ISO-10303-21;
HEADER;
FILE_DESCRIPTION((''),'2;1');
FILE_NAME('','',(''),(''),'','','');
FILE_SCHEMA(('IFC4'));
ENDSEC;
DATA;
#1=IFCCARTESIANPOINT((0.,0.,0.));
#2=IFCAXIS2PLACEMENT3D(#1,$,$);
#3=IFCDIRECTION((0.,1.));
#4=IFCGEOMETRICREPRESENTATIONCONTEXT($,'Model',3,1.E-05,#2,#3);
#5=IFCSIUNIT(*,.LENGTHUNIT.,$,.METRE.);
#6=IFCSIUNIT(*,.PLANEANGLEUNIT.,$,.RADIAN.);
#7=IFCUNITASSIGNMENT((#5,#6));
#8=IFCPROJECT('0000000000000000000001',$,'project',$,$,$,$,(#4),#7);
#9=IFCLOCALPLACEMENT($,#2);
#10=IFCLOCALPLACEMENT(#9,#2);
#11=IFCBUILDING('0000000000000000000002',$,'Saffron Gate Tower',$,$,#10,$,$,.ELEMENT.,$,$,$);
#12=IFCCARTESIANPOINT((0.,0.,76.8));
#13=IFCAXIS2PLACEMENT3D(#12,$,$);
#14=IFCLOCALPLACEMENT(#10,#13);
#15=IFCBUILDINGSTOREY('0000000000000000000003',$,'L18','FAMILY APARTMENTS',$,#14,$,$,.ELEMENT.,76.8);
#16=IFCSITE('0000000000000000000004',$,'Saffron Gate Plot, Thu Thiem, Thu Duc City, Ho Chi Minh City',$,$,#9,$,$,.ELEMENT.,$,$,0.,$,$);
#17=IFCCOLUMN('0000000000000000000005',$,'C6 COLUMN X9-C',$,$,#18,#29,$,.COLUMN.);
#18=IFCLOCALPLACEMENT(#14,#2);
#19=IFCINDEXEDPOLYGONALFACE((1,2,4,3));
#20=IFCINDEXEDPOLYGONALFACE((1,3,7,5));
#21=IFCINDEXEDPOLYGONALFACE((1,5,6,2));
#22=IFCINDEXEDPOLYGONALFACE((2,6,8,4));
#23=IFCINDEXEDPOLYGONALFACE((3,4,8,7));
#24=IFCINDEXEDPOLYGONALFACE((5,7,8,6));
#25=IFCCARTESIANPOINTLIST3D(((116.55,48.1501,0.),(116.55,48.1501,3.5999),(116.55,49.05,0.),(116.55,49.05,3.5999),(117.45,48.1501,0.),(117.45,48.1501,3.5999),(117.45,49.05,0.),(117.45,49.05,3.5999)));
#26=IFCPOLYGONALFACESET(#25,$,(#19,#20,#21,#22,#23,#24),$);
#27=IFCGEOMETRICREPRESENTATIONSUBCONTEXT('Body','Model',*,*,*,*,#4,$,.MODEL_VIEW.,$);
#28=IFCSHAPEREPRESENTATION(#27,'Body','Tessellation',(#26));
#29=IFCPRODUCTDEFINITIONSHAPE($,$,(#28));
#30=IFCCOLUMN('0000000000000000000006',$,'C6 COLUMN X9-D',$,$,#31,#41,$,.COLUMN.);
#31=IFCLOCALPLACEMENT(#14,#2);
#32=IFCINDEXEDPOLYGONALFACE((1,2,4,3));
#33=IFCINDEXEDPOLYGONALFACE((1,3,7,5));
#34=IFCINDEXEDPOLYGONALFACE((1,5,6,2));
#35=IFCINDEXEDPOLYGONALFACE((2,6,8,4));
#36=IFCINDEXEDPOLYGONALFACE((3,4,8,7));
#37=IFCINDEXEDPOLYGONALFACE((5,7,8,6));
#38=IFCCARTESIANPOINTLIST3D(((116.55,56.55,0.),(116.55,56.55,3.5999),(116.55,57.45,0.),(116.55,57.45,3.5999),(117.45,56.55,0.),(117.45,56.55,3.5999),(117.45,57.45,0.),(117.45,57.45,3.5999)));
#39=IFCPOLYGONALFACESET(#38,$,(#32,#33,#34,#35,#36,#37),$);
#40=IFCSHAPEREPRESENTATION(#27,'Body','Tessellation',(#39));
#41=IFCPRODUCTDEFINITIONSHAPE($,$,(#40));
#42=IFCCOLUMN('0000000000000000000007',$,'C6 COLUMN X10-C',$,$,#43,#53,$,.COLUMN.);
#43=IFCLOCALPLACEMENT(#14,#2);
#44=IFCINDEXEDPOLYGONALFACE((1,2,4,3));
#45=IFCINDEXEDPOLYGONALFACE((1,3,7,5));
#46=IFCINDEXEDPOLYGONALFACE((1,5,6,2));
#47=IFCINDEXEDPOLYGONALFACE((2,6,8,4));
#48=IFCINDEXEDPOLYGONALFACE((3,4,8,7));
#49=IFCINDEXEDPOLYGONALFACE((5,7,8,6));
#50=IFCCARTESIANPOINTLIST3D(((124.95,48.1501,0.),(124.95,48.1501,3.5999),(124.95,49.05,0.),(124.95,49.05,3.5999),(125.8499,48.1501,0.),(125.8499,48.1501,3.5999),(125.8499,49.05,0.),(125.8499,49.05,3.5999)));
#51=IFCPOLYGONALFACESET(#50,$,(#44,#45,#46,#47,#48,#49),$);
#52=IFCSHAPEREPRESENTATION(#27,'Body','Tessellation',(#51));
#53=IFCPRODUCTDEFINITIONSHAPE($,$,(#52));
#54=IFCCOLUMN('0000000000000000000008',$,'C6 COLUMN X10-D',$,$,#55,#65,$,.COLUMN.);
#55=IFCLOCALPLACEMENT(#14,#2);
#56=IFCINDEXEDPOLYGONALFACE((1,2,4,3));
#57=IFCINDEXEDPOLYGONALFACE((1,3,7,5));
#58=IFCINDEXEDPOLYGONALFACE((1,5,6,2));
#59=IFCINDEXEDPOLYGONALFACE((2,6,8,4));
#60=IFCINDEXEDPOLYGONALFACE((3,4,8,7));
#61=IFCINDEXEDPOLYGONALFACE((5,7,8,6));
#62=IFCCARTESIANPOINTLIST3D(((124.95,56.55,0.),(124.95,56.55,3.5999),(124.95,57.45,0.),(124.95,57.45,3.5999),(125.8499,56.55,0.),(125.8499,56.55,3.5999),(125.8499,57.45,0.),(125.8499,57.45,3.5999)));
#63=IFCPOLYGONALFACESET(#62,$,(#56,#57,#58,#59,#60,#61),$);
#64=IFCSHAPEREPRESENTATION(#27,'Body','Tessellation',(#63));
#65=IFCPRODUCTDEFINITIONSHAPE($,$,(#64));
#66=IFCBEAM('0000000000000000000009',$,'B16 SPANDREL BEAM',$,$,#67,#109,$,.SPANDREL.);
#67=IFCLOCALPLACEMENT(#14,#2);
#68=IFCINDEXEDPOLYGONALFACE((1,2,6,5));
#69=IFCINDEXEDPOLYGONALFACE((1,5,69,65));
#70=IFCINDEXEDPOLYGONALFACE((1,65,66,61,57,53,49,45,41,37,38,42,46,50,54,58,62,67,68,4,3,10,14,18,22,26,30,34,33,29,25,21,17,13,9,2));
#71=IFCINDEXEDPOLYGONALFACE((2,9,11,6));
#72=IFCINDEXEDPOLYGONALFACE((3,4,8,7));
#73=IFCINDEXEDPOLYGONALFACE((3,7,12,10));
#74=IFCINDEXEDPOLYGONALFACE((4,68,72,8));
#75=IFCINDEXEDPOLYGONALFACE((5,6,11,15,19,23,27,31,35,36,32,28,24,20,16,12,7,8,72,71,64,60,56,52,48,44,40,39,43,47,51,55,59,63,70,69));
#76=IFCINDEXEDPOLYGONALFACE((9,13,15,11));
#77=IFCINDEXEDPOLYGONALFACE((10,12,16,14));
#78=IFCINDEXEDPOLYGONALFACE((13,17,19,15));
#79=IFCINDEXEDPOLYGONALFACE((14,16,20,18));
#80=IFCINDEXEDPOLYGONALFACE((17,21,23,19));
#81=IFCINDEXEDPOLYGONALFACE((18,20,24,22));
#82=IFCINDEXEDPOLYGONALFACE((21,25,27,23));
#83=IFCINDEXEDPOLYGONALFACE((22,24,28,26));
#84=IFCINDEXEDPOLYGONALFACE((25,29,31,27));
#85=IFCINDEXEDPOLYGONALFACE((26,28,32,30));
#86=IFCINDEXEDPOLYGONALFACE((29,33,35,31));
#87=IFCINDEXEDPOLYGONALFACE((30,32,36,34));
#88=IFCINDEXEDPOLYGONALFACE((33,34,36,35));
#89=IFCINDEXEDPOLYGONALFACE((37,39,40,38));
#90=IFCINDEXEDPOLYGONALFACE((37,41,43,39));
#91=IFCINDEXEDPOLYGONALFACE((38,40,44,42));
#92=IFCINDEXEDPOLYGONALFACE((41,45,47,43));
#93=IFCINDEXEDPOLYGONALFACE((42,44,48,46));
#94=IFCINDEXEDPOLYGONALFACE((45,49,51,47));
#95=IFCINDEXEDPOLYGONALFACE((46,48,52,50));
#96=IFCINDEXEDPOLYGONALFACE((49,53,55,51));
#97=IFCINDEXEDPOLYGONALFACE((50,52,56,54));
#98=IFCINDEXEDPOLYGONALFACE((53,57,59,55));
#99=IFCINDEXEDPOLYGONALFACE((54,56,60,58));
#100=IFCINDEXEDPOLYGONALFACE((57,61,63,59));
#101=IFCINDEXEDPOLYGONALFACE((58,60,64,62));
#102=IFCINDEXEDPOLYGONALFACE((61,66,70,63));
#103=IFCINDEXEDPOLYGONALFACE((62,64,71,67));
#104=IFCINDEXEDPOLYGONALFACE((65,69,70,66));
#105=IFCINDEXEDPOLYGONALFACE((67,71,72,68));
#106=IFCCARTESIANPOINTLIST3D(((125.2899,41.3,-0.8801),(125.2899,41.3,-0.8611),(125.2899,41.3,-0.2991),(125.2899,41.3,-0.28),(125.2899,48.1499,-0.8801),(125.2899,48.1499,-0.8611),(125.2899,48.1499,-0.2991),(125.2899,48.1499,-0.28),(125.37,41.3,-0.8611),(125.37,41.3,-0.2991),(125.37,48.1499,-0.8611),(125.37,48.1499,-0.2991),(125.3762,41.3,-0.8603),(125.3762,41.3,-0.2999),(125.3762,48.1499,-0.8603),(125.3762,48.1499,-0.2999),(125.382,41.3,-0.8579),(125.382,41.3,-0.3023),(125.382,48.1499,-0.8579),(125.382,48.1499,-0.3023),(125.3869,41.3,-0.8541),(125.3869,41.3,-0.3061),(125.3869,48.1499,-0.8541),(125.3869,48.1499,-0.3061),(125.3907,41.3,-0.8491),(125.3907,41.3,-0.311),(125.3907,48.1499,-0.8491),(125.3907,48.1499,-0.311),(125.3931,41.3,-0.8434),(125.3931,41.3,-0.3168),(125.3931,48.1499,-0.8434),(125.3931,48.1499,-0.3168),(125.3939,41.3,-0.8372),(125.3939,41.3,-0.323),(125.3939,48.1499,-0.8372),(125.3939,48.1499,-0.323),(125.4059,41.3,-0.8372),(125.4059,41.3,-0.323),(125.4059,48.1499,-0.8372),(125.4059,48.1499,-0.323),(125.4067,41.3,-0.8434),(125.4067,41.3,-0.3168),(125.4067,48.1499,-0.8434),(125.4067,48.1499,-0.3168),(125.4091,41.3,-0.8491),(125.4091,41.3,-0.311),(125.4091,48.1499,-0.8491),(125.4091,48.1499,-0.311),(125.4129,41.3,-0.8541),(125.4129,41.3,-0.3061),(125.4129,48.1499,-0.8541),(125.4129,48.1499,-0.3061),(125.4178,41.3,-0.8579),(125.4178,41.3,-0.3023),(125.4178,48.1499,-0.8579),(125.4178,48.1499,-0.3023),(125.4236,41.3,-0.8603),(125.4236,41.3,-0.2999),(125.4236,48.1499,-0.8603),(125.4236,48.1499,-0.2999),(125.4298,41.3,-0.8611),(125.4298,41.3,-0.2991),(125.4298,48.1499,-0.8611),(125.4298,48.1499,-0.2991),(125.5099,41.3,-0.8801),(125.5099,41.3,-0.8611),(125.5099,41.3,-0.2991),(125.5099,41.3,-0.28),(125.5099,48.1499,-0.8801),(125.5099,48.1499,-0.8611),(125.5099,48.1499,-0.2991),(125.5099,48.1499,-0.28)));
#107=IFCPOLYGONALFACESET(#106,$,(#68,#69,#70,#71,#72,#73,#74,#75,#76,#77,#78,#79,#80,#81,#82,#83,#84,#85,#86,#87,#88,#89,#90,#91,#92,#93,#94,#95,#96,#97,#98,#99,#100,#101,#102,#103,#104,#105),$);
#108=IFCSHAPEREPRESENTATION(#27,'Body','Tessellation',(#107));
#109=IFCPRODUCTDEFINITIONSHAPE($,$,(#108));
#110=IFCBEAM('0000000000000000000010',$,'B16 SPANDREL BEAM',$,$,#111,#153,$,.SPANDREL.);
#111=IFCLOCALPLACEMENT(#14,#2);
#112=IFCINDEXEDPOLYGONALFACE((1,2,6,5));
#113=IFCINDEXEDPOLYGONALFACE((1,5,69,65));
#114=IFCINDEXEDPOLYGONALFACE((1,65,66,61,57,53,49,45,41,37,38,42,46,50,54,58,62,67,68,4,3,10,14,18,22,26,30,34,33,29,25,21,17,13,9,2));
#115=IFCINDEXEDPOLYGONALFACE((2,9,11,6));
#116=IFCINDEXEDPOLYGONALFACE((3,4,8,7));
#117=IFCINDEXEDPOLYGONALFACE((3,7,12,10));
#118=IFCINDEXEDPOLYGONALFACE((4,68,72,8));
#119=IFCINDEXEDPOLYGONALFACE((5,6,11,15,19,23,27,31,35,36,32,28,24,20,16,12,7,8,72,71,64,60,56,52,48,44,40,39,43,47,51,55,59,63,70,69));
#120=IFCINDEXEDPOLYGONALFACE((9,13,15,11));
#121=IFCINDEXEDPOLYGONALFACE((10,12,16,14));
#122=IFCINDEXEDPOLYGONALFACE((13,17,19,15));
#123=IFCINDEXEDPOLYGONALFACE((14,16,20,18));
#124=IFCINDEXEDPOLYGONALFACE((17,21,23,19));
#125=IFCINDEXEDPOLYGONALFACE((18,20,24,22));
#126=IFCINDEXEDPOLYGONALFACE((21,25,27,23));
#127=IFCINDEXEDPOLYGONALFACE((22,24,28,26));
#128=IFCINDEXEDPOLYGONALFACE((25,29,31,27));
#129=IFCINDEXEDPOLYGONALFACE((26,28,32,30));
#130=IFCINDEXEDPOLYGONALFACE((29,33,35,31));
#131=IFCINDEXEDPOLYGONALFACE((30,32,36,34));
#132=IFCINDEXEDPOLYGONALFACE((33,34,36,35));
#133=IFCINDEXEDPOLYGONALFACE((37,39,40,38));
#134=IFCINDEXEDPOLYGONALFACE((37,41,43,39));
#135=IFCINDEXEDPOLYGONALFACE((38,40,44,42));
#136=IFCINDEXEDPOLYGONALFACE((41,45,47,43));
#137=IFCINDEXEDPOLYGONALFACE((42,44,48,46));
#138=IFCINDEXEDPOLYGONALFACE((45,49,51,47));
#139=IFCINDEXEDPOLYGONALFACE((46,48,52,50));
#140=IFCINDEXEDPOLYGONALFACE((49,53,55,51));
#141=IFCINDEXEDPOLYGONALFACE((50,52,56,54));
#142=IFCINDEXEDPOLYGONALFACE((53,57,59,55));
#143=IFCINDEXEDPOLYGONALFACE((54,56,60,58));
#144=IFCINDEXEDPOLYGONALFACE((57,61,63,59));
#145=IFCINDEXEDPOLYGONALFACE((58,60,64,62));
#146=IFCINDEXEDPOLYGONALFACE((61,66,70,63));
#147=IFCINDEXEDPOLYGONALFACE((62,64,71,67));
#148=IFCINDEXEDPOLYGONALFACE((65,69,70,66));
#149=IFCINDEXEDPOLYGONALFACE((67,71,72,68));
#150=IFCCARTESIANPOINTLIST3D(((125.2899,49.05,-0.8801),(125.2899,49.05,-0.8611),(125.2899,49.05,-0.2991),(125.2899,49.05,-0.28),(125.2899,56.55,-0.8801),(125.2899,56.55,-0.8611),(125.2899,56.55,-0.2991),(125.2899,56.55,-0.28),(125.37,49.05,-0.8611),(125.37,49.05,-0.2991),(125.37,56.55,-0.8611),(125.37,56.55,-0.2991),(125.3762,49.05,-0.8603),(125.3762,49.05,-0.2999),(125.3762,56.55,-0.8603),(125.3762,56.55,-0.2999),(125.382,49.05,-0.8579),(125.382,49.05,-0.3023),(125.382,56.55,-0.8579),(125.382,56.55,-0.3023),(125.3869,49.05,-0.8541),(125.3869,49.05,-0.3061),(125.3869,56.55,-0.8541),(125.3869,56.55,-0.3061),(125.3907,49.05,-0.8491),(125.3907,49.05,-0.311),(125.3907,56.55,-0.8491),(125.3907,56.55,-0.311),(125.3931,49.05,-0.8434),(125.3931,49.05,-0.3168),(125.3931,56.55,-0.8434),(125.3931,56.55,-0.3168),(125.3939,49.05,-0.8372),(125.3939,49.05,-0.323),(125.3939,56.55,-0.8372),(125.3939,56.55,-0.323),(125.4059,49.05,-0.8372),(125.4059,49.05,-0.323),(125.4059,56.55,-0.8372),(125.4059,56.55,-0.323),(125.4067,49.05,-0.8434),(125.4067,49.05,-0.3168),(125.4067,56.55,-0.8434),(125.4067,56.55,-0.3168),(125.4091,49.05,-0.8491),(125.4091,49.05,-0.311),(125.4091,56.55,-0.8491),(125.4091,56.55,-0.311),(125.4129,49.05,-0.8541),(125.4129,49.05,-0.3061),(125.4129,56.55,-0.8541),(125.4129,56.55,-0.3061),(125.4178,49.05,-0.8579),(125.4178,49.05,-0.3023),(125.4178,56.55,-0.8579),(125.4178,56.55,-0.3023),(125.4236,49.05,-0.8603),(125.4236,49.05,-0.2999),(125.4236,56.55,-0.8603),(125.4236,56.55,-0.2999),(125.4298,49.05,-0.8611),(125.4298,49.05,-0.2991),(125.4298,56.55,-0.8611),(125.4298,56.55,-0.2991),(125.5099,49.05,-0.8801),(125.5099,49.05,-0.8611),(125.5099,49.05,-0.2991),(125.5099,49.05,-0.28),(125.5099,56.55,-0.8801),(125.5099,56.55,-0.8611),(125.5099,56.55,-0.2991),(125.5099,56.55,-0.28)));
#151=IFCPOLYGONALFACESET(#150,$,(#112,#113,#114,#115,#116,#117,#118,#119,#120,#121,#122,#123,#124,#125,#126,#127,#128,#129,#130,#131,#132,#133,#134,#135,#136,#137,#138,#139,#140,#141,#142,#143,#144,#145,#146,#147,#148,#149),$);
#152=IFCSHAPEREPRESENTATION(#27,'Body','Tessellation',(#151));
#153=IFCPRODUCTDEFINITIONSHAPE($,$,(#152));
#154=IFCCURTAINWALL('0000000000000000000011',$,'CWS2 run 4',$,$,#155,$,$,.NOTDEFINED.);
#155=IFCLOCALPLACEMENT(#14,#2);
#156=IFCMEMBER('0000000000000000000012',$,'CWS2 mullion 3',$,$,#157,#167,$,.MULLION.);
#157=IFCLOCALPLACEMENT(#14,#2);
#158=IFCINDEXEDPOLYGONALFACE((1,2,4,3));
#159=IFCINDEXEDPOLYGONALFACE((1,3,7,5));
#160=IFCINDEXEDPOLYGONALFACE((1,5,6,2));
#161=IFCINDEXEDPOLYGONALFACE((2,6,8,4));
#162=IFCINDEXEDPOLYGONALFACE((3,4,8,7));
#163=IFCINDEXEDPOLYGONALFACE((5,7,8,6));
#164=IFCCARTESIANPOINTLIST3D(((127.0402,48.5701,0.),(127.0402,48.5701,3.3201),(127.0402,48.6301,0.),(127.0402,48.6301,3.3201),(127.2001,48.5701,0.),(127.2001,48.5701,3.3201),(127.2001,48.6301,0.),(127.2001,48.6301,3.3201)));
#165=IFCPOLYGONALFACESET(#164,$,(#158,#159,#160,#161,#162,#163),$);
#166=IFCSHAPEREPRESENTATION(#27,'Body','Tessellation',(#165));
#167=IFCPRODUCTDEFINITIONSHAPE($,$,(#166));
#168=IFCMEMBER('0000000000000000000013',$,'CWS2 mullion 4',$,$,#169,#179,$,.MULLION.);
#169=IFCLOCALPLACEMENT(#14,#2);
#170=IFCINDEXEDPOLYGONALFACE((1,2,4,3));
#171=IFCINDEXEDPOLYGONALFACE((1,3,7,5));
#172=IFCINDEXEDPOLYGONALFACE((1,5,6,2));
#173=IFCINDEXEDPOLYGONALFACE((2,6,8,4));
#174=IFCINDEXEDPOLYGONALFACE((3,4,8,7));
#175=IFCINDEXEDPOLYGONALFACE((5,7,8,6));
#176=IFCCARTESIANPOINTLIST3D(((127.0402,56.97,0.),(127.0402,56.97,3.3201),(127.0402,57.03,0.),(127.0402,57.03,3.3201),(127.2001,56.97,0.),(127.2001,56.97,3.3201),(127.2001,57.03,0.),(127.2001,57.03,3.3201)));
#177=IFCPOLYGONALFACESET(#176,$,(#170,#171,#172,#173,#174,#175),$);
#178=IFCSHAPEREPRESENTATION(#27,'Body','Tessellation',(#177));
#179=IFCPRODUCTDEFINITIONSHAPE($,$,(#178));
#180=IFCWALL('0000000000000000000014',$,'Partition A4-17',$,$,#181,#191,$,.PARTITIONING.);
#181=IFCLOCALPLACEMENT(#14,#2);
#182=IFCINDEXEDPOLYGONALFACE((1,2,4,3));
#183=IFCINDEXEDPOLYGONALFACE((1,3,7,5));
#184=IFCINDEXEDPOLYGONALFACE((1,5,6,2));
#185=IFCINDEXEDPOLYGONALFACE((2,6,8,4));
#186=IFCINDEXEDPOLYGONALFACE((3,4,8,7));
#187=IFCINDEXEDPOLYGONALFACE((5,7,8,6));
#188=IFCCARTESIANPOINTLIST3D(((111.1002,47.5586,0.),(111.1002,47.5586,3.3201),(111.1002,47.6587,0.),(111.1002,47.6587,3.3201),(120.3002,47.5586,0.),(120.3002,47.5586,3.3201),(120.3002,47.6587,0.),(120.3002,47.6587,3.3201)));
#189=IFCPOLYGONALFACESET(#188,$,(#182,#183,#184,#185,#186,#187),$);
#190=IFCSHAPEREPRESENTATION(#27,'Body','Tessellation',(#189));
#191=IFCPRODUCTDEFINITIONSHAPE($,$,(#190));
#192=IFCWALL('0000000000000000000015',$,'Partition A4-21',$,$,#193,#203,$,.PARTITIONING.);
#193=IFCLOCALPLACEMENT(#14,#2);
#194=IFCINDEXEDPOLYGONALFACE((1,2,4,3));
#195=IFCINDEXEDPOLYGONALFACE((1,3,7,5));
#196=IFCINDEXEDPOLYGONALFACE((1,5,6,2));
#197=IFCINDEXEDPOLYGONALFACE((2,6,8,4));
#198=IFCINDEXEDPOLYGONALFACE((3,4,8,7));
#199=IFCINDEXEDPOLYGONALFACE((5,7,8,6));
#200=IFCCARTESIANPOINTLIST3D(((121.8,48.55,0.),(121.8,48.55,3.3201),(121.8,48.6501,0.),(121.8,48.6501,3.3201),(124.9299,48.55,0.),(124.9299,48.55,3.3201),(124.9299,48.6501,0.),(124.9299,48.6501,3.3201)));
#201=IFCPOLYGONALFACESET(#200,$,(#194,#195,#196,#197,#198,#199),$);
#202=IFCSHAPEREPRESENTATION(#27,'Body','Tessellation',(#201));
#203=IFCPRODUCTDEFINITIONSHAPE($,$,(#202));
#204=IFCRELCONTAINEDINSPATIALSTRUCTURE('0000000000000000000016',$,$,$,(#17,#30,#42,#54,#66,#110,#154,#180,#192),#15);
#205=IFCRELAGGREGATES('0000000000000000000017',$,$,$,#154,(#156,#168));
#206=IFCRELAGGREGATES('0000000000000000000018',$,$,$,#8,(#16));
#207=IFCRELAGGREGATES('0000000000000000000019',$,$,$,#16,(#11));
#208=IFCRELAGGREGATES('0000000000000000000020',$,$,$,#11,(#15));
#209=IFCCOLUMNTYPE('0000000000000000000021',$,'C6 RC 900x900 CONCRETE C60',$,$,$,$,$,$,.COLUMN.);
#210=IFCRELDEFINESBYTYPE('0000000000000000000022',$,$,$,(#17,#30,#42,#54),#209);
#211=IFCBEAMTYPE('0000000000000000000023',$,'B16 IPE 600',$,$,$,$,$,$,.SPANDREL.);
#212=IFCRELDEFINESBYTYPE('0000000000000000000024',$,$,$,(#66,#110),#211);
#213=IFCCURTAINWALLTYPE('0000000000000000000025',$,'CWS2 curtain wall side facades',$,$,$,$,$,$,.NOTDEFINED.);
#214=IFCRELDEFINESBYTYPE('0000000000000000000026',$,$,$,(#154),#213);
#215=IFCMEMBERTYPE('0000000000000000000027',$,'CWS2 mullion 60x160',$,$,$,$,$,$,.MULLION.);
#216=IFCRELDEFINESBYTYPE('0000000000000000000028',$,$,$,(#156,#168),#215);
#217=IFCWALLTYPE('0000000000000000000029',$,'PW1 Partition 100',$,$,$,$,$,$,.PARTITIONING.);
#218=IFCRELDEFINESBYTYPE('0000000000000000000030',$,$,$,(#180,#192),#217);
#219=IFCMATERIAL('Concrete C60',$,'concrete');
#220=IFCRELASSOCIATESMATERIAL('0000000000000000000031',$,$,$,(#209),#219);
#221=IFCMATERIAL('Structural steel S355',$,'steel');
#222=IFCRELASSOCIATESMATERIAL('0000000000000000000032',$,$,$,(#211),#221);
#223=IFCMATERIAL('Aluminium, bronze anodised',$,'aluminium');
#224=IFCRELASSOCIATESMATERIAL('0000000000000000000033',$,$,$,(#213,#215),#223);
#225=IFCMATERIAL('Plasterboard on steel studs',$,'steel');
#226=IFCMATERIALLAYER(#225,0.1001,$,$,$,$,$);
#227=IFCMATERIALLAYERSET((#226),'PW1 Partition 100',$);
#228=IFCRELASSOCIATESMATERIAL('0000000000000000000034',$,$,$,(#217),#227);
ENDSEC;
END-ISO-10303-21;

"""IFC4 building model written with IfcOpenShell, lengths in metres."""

from ifc_helpers import new_model, si_unit, direction, frame, frame_2d, origin, origin_2d, place, context, subcontext, project, spatial, rectangle, i_section, extrude, material, layer, layer_set, material_profile, profile_set, type_object, element, aggregate, save


model = new_model("IFC4")

# Units and contexts
model_context = context("Model", 3, precision=1e-05, world=origin(), true_north=direction((0.0, 1.0)))
body_context = subcontext(model_context, "Body", "Model", "MODEL_VIEW")
ifc_project = project(units=[si_unit("LENGTHUNIT", "METRE"), si_unit("PLANEANGLEUNIT", "RADIAN")], contexts=[model_context])

# Site, building, storey
site_placement = place(None, origin())
site = spatial("IfcSite", under=ifc_project, at=site_placement, Name="Saffron Gate Plot, Thu Thiem, Thu Duc City, Ho Chi Minh City", CompositionType="ELEMENT", RefElevation=0.0)
building_placement = place(site_placement, origin())
building = spatial("IfcBuilding", under=site, at=building_placement, Name="Saffron Gate Tower", CompositionType="ELEMENT")
storey_placement = place(building_placement, frame((0.0, 0.0, 76.8)))
storey = spatial("IfcBuildingStorey", under=building, at=storey_placement, Name="L18", Description="FAMILY APARTMENTS", CompositionType="ELEMENT", Elevation=76.8)

# Columns
ifc_material_1 = material(Name="Concrete C60", Category="concrete")
ifc_material_profile_1 = material_profile(ifc_material_1, rectangle(XDim=0.8999, YDim=0.8999, at=origin_2d()))
ifc_profile_set_1 = profile_set([ifc_material_profile_1], Name="Concrete C60")
column_type = type_object("IfcColumnType", Name="C6 RC 900x900 CONCRETE C60", PredefinedType="COLUMN", material=ifc_profile_set_1)
for number, where, z_axis, x_axis, name in (
    (1, (117.0, 48.6001, 0.0), (0.0, 0.0, 1.0), (1.0, 0.0, 0.0), "C6 COLUMN X9-C"),
    (2, (117.0, 57.0, 0.0), (0.0, 0.0, 1.0), (1.0, 0.0, 0.0), "C6 COLUMN X9-D"),
    (3, (125.3999, 48.6001, 0.0), (0.0, 0.0, 1.0), (1.0, 0.0, 0.0), "C6 COLUMN X10-C"),
    (4, (125.3999, 57.0, 0.0), (0.0, 0.0, 1.0), (1.0, 0.0, 0.0), "C6 COLUMN X10-D"),
):
    element("IfcColumn", number, at=place(storey_placement, frame(where, z_axis=z_axis, x_axis=x_axis)), inside=storey, type_object=column_type, Name=name, PredefinedType="COLUMN", context=body_context, shape_type="SweptSolid", body=[
        extrude(rectangle(XDim=0.8999, YDim=0.8999, at=origin_2d()), origin(), (0.0, 0.0, 1.0), 3.5999),
    ])

# Beams
ifc_material_2 = material(Name="Structural steel S355", Category="steel")
ifc_material_profile_2 = material_profile(ifc_material_2, i_section(OverallWidth=0.22, OverallDepth=0.6001, WebThickness=0.012, FlangeThickness=0.019, FilletRadius=0.0239, at=origin_2d()))
ifc_profile_set_2 = profile_set([ifc_material_profile_2], Name="Structural steel S355")
beam_type = type_object("IfcBeamType", Name="B16 IPE 600", PredefinedType="SPANDREL", material=ifc_profile_set_2)
beam_1_placement = place(storey_placement, frame((125.3999, 41.3, -0.5801), z_axis=(0.0, 1.0, 0.0), x_axis=(-1.0, 0.0, 0.0)))
element("IfcBeam", 5, at=beam_1_placement, inside=storey, type_object=beam_type, Name="B16 SPANDREL BEAM", PredefinedType="SPANDREL", context=body_context, shape_type="SweptSolid", body=[
    extrude(i_section(OverallWidth=0.22, OverallDepth=0.6001, WebThickness=0.012, FlangeThickness=0.019, FilletRadius=0.0239, at=origin_2d()), origin(), (0.0, 0.0, 1.0), 6.8499),
])
beam_2_placement = place(storey_placement, frame((125.3999, 49.05, -0.5801), z_axis=(0.0, 1.0, 0.0), x_axis=(-1.0, 0.0, 0.0)))
element("IfcBeam", 6, at=beam_2_placement, inside=storey, type_object=beam_type, Name="B16 SPANDREL BEAM", PredefinedType="SPANDREL", context=body_context, shape_type="SweptSolid", body=[
    extrude(i_section(OverallWidth=0.22, OverallDepth=0.6001, WebThickness=0.012, FlangeThickness=0.019, FilletRadius=0.0239, at=origin_2d()), origin(), (0.0, 0.0, 1.0), 7.5),
])

# Curtain wall, members
ifc_material_3 = material(Name="Aluminium, bronze anodised", Category="aluminium")
curtain_wall_type = type_object("IfcCurtainWallType", Name="CWS2 curtain wall side facades", PredefinedType="NOTDEFINED", material=ifc_material_3)
curtain_wall_placement = place(storey_placement, origin())
curtain_wall = element("IfcCurtainWall", 7, at=curtain_wall_placement, inside=storey, type_object=curtain_wall_type, Name="CWS2 run 4", PredefinedType="NOTDEFINED")
ifc_material_profile_3 = material_profile(ifc_material_3, rectangle(XDim=0.1599, YDim=0.0601, at=origin_2d()))
ifc_profile_set_3 = profile_set([ifc_material_profile_3], Name="Aluminium, bronze anodised")
member_type = type_object("IfcMemberType", Name="CWS2 mullion 60x160", PredefinedType="MULLION", material=ifc_profile_set_3)
member_1_placement = place(storey_placement, frame((127.1201, 48.6001, 0.0), z_axis=(0.0, 0.0, 1.0), x_axis=(-1.0, 0.0, 0.0)))
member_1 = element("IfcMember", 8, at=member_1_placement, type_object=member_type, Name="CWS2 mullion 3", PredefinedType="MULLION", context=body_context, shape_type="SweptSolid", body=[
    extrude(rectangle(XDim=0.1599, YDim=0.0601, at=origin_2d()), origin(), (0.0, 0.0, 1.0), 3.3201),
])
member_2_placement = place(storey_placement, frame((127.1201, 57.0, 0.0), z_axis=(0.0, 0.0, 1.0), x_axis=(-1.0, 0.0, 0.0)))
member_2 = element("IfcMember", 9, at=member_2_placement, type_object=member_type, Name="CWS2 mullion 4", PredefinedType="MULLION", context=body_context, shape_type="SweptSolid", body=[
    extrude(rectangle(XDim=0.1599, YDim=0.0601, at=origin_2d()), origin(), (0.0, 0.0, 1.0), 3.3201),
])
aggregate(curtain_wall, [member_1, member_2])

# Walls
ifc_material_4 = material(Name="Plasterboard on steel studs", Category="steel")
ifc_layer_1 = layer(ifc_material_4, 0.1001)
ifc_layer_set_1 = layer_set([ifc_layer_1], Name="PW1 Partition 100")
wall_type_1 = type_object("IfcWallType", Name="PW1 Partition 100", PredefinedType="PARTITIONING", material=ifc_layer_set_1)
wall_1_placement = place(storey_placement, frame((111.1001, 47.6086, 0.0), z_axis=(0.0, 0.0, 1.0), x_axis=(1.0, 0.0, 0.0)))
element("IfcWall", 10, at=wall_1_placement, inside=storey, type_object=wall_type_1, Name="Partition A4-17", PredefinedType="PARTITIONING", context=body_context, shape_type="SweptSolid", body=[
    extrude(rectangle(XDim=9.2, YDim=0.1001, at=frame_2d((4.6001, 0.0))), origin(), (0.0, 0.0, 1.0), 3.3201),
])
wall_2_placement = place(storey_placement, frame((121.8, 48.6001, 0.0), z_axis=(0.0, 0.0, 1.0), x_axis=(1.0, 0.0, 0.0)))
element("IfcWall", 11, at=wall_2_placement, inside=storey, type_object=wall_type_1, Name="Partition A4-21", PredefinedType="PARTITIONING", context=body_context, shape_type="SweptSolid", body=[
    extrude(rectangle(XDim=3.1299, YDim=0.1001, at=frame_2d((1.5649, 0.0))), origin(), (0.0, 0.0, 1.0), 3.3201),
])

save(model, "model.ifc")
